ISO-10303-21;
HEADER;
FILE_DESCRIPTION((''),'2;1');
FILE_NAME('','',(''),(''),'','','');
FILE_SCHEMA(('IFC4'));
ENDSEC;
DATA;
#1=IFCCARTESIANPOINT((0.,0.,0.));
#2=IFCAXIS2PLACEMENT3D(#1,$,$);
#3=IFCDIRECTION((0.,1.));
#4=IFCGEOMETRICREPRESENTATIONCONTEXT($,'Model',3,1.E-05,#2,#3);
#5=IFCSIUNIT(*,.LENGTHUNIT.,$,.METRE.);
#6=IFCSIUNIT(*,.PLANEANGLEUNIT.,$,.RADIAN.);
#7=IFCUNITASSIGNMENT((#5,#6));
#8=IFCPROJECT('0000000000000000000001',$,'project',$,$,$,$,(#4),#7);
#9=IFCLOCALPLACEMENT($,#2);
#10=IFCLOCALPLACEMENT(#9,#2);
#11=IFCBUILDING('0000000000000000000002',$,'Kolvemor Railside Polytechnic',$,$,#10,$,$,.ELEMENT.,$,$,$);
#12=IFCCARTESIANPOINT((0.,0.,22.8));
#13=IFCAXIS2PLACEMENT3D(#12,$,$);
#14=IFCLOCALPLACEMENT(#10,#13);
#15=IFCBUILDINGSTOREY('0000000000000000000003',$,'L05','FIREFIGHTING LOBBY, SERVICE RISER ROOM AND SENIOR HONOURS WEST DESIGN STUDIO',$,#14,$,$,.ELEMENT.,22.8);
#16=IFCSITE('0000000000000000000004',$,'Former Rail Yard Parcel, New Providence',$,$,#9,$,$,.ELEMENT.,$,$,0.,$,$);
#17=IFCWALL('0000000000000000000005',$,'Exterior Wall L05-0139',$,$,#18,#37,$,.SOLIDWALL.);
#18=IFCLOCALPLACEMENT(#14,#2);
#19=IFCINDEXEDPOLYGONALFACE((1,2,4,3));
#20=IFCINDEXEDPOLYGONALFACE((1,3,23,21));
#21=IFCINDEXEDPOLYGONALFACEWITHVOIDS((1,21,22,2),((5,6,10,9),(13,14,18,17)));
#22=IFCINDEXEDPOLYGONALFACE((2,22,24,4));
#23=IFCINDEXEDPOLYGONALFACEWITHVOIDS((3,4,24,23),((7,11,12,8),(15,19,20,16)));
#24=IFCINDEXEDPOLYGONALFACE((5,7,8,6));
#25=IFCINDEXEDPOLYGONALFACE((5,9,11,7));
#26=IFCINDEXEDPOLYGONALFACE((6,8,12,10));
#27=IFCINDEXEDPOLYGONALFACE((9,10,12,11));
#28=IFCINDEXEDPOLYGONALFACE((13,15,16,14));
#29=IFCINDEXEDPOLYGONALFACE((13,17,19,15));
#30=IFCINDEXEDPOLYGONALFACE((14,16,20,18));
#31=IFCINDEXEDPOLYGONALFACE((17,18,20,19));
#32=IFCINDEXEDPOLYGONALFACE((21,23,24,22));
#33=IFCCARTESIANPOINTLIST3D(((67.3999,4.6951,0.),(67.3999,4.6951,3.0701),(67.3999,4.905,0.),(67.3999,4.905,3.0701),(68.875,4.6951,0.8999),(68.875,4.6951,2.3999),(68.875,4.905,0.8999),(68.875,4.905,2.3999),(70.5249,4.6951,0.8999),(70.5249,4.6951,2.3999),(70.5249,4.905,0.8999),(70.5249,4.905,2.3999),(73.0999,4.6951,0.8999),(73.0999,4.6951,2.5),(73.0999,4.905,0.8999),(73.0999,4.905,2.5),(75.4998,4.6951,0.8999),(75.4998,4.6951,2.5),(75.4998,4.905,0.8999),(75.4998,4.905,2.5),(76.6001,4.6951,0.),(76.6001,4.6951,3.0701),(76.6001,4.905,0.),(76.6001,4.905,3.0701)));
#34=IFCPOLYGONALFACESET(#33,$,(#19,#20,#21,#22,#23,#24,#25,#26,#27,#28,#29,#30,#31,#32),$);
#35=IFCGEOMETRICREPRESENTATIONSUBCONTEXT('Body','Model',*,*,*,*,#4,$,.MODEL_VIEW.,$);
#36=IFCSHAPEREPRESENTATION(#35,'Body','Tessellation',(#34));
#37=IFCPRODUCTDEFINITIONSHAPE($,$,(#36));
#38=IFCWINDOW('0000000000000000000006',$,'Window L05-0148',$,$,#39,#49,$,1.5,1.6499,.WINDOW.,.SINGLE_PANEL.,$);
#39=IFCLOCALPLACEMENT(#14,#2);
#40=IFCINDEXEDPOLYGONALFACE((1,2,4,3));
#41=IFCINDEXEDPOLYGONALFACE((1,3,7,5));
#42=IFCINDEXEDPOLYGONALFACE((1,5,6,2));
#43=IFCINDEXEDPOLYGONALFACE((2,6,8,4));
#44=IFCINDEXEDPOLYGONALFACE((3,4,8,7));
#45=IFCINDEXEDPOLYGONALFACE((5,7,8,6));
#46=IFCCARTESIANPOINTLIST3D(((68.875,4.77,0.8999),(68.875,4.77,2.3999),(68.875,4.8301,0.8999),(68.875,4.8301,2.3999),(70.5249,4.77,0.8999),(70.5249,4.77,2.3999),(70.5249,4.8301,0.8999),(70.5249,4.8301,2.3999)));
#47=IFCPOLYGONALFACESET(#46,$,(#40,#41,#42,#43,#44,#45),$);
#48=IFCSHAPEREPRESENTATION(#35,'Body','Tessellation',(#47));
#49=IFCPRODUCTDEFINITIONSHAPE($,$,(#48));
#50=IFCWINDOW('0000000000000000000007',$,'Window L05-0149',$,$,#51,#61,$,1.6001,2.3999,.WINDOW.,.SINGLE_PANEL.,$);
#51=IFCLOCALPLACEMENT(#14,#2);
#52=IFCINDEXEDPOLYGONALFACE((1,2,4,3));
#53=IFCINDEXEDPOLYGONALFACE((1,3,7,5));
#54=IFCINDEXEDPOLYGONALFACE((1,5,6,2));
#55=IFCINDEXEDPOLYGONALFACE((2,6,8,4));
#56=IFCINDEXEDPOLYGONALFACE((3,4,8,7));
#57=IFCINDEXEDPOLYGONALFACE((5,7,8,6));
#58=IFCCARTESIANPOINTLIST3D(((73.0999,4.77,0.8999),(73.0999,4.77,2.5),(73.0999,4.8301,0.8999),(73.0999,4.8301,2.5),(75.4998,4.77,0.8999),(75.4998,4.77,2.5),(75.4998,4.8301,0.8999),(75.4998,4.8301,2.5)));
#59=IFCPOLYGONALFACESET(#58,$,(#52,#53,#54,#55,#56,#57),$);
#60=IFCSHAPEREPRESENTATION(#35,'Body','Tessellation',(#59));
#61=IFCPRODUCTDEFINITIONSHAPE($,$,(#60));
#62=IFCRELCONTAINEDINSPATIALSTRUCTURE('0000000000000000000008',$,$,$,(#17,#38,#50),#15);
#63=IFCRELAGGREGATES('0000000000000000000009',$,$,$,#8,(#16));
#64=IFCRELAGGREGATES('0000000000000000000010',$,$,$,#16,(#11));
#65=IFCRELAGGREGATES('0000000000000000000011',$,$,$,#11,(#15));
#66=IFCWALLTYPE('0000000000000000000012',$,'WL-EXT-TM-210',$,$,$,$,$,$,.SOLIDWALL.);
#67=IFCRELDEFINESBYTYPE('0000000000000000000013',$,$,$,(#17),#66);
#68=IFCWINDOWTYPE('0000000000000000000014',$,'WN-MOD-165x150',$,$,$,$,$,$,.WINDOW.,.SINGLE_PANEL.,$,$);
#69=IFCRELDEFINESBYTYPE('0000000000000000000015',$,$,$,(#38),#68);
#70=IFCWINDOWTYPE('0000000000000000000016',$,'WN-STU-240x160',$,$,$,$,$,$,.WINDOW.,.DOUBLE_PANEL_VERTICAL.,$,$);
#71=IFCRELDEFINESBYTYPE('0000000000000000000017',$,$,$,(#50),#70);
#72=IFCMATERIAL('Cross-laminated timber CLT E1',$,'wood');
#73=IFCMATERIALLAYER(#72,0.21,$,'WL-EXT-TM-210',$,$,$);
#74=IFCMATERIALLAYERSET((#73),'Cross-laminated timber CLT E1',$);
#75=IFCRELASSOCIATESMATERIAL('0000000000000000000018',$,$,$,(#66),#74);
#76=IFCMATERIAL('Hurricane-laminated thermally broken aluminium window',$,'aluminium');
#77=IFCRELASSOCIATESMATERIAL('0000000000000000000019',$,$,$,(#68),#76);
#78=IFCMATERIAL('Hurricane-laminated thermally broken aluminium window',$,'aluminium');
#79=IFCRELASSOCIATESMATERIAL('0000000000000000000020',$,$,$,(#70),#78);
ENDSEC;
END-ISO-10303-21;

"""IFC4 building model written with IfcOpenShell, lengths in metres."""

from ifc_helpers import new_model, si_unit, direction, frame, frame_2d, origin, place, context, subcontext, project, spatial, rectangle, extrude, material, layer, layer_set, type_object, element, fill, save


model = new_model("IFC4")

# Units and contexts
model_context = context("Model", 3, precision=1e-05, world=origin(), true_north=direction((0.0, 1.0)))
body_context = subcontext(model_context, "Body", "Model", "MODEL_VIEW")
ifc_project = project(units=[si_unit("LENGTHUNIT", "METRE"), si_unit("PLANEANGLEUNIT", "RADIAN")], contexts=[model_context])

# Site, building, storey
site_placement = place(None, origin())
site = spatial("IfcSite", under=ifc_project, at=site_placement, Name="Former Rail Yard Parcel, New Providence", CompositionType="ELEMENT", RefElevation=0.0)
building_placement = place(site_placement, origin())
building = spatial("IfcBuilding", under=site, at=building_placement, Name="Kolvemor Railside Polytechnic", CompositionType="ELEMENT")
storey_placement = place(building_placement, frame((0.0, 0.0, 22.8)))
storey = spatial("IfcBuildingStorey", under=building, at=storey_placement, Name="L05", Description="FIREFIGHTING LOBBY, SERVICE RISER ROOM AND SENIOR HONOURS WEST DESIGN STUDIO", CompositionType="ELEMENT", Elevation=22.8)

# Shared definitions
ifc_material_1 = material(Name="Cross-laminated timber CLT E1", Category="wood")
ifc_layer = layer(ifc_material_1, 0.21, Name="WL-EXT-TM-210")
ifc_layer_set = layer_set([ifc_layer], Name="Cross-laminated timber CLT E1")
wall_type = type_object("IfcWallType", Name="WL-EXT-TM-210", PredefinedType="SOLIDWALL", material=ifc_layer_set)

# Wall, openings, windows
wall_1_placement = place(storey_placement, frame((67.3999, 4.8, 0.0), z_axis=(0.0, 0.0, 1.0), x_axis=(1.0, 0.0, 0.0)))
wall_1 = element("IfcWall", 1, at=wall_1_placement, inside=storey, type_object=wall_type, Name="Exterior Wall L05-0139", PredefinedType="SOLIDWALL", context=body_context, shape_type="SweptSolid", body=[
    extrude(rectangle(XDim=9.2002, YDim=0.21, at=frame_2d((4.6001, 0.0))), origin(), (0.0, 0.0, 1.0), 3.0701),
])
opening_1_placement = place(wall_1_placement, frame((1.4751, 0.0, 0.8999)))
opening_1 = element("IfcOpeningElement", 2, at=opening_1_placement, cuts=wall_1, PredefinedType="OPENING", context=body_context, shape_type="SweptSolid", body=[
    extrude(rectangle(XDim=1.6499, YDim=1.5, at=frame_2d((0.825, 0.75))), frame((0.0, 0.115, 0.0), z_axis=(0.0, -1.0, 0.0), x_axis=(1.0, 0.0, 0.0)), (0.0, 0.0, 1.0), 0.23),
])
opening_2_placement = place(wall_1_placement, frame((5.7, 0.0, 0.8999)))
opening_2 = element("IfcOpeningElement", 3, at=opening_2_placement, cuts=wall_1, PredefinedType="OPENING", context=body_context, shape_type="SweptSolid", body=[
    extrude(rectangle(XDim=2.3999, YDim=1.6001, at=frame_2d((1.2, 0.8))), frame((0.0, 0.115, 0.0), z_axis=(0.0, -1.0, 0.0), x_axis=(1.0, 0.0, 0.0)), (0.0, 0.0, 1.0), 0.23),
])
ifc_material_2 = material(Name="Hurricane-laminated thermally broken aluminium window", Category="aluminium")
window_type_1 = type_object("IfcWindowType", Name="WN-MOD-165x150", PartitioningType="SINGLE_PANEL", PredefinedType="WINDOW", material=ifc_material_2)
window_1_placement = place(opening_1_placement, origin())
window_1 = element("IfcWindow", 4, at=window_1_placement, inside=storey, type_object=window_type_1, Name="Window L05-0148", OverallHeight=1.5, OverallWidth=1.6499, PartitioningType="SINGLE_PANEL", PredefinedType="WINDOW", context=body_context, shape_type="SweptSolid", body=[
    extrude(rectangle(XDim=1.6499, YDim=1.5, at=frame_2d((0.825, 0.75))), frame((0.0, 0.03, 0.0), z_axis=(0.0, -1.0, 0.0), x_axis=(1.0, 0.0, 0.0)), (0.0, 0.0, 1.0), 0.0601),
])
fill(opening_1, window_1)
ifc_material_3 = material(Name="Hurricane-laminated thermally broken aluminium window", Category="aluminium")
window_type_2 = type_object("IfcWindowType", Name="WN-STU-240x160", PartitioningType="DOUBLE_PANEL_VERTICAL", PredefinedType="WINDOW", material=ifc_material_3)
window_2_placement = place(opening_2_placement, origin())
window_2 = element("IfcWindow", 5, at=window_2_placement, inside=storey, type_object=window_type_2, Name="Window L05-0149", OverallHeight=1.6001, OverallWidth=2.3999, PartitioningType="SINGLE_PANEL", PredefinedType="WINDOW", context=body_context, shape_type="SweptSolid", body=[
    extrude(rectangle(XDim=2.3999, YDim=1.6001, at=frame_2d((1.2, 0.8))), frame((0.0, 0.03, 0.0), z_axis=(0.0, -1.0, 0.0), x_axis=(1.0, 0.0, 0.0)), (0.0, 0.0, 1.0), 0.0601),
])
fill(opening_2, window_2)

save(model, "model.ifc")
